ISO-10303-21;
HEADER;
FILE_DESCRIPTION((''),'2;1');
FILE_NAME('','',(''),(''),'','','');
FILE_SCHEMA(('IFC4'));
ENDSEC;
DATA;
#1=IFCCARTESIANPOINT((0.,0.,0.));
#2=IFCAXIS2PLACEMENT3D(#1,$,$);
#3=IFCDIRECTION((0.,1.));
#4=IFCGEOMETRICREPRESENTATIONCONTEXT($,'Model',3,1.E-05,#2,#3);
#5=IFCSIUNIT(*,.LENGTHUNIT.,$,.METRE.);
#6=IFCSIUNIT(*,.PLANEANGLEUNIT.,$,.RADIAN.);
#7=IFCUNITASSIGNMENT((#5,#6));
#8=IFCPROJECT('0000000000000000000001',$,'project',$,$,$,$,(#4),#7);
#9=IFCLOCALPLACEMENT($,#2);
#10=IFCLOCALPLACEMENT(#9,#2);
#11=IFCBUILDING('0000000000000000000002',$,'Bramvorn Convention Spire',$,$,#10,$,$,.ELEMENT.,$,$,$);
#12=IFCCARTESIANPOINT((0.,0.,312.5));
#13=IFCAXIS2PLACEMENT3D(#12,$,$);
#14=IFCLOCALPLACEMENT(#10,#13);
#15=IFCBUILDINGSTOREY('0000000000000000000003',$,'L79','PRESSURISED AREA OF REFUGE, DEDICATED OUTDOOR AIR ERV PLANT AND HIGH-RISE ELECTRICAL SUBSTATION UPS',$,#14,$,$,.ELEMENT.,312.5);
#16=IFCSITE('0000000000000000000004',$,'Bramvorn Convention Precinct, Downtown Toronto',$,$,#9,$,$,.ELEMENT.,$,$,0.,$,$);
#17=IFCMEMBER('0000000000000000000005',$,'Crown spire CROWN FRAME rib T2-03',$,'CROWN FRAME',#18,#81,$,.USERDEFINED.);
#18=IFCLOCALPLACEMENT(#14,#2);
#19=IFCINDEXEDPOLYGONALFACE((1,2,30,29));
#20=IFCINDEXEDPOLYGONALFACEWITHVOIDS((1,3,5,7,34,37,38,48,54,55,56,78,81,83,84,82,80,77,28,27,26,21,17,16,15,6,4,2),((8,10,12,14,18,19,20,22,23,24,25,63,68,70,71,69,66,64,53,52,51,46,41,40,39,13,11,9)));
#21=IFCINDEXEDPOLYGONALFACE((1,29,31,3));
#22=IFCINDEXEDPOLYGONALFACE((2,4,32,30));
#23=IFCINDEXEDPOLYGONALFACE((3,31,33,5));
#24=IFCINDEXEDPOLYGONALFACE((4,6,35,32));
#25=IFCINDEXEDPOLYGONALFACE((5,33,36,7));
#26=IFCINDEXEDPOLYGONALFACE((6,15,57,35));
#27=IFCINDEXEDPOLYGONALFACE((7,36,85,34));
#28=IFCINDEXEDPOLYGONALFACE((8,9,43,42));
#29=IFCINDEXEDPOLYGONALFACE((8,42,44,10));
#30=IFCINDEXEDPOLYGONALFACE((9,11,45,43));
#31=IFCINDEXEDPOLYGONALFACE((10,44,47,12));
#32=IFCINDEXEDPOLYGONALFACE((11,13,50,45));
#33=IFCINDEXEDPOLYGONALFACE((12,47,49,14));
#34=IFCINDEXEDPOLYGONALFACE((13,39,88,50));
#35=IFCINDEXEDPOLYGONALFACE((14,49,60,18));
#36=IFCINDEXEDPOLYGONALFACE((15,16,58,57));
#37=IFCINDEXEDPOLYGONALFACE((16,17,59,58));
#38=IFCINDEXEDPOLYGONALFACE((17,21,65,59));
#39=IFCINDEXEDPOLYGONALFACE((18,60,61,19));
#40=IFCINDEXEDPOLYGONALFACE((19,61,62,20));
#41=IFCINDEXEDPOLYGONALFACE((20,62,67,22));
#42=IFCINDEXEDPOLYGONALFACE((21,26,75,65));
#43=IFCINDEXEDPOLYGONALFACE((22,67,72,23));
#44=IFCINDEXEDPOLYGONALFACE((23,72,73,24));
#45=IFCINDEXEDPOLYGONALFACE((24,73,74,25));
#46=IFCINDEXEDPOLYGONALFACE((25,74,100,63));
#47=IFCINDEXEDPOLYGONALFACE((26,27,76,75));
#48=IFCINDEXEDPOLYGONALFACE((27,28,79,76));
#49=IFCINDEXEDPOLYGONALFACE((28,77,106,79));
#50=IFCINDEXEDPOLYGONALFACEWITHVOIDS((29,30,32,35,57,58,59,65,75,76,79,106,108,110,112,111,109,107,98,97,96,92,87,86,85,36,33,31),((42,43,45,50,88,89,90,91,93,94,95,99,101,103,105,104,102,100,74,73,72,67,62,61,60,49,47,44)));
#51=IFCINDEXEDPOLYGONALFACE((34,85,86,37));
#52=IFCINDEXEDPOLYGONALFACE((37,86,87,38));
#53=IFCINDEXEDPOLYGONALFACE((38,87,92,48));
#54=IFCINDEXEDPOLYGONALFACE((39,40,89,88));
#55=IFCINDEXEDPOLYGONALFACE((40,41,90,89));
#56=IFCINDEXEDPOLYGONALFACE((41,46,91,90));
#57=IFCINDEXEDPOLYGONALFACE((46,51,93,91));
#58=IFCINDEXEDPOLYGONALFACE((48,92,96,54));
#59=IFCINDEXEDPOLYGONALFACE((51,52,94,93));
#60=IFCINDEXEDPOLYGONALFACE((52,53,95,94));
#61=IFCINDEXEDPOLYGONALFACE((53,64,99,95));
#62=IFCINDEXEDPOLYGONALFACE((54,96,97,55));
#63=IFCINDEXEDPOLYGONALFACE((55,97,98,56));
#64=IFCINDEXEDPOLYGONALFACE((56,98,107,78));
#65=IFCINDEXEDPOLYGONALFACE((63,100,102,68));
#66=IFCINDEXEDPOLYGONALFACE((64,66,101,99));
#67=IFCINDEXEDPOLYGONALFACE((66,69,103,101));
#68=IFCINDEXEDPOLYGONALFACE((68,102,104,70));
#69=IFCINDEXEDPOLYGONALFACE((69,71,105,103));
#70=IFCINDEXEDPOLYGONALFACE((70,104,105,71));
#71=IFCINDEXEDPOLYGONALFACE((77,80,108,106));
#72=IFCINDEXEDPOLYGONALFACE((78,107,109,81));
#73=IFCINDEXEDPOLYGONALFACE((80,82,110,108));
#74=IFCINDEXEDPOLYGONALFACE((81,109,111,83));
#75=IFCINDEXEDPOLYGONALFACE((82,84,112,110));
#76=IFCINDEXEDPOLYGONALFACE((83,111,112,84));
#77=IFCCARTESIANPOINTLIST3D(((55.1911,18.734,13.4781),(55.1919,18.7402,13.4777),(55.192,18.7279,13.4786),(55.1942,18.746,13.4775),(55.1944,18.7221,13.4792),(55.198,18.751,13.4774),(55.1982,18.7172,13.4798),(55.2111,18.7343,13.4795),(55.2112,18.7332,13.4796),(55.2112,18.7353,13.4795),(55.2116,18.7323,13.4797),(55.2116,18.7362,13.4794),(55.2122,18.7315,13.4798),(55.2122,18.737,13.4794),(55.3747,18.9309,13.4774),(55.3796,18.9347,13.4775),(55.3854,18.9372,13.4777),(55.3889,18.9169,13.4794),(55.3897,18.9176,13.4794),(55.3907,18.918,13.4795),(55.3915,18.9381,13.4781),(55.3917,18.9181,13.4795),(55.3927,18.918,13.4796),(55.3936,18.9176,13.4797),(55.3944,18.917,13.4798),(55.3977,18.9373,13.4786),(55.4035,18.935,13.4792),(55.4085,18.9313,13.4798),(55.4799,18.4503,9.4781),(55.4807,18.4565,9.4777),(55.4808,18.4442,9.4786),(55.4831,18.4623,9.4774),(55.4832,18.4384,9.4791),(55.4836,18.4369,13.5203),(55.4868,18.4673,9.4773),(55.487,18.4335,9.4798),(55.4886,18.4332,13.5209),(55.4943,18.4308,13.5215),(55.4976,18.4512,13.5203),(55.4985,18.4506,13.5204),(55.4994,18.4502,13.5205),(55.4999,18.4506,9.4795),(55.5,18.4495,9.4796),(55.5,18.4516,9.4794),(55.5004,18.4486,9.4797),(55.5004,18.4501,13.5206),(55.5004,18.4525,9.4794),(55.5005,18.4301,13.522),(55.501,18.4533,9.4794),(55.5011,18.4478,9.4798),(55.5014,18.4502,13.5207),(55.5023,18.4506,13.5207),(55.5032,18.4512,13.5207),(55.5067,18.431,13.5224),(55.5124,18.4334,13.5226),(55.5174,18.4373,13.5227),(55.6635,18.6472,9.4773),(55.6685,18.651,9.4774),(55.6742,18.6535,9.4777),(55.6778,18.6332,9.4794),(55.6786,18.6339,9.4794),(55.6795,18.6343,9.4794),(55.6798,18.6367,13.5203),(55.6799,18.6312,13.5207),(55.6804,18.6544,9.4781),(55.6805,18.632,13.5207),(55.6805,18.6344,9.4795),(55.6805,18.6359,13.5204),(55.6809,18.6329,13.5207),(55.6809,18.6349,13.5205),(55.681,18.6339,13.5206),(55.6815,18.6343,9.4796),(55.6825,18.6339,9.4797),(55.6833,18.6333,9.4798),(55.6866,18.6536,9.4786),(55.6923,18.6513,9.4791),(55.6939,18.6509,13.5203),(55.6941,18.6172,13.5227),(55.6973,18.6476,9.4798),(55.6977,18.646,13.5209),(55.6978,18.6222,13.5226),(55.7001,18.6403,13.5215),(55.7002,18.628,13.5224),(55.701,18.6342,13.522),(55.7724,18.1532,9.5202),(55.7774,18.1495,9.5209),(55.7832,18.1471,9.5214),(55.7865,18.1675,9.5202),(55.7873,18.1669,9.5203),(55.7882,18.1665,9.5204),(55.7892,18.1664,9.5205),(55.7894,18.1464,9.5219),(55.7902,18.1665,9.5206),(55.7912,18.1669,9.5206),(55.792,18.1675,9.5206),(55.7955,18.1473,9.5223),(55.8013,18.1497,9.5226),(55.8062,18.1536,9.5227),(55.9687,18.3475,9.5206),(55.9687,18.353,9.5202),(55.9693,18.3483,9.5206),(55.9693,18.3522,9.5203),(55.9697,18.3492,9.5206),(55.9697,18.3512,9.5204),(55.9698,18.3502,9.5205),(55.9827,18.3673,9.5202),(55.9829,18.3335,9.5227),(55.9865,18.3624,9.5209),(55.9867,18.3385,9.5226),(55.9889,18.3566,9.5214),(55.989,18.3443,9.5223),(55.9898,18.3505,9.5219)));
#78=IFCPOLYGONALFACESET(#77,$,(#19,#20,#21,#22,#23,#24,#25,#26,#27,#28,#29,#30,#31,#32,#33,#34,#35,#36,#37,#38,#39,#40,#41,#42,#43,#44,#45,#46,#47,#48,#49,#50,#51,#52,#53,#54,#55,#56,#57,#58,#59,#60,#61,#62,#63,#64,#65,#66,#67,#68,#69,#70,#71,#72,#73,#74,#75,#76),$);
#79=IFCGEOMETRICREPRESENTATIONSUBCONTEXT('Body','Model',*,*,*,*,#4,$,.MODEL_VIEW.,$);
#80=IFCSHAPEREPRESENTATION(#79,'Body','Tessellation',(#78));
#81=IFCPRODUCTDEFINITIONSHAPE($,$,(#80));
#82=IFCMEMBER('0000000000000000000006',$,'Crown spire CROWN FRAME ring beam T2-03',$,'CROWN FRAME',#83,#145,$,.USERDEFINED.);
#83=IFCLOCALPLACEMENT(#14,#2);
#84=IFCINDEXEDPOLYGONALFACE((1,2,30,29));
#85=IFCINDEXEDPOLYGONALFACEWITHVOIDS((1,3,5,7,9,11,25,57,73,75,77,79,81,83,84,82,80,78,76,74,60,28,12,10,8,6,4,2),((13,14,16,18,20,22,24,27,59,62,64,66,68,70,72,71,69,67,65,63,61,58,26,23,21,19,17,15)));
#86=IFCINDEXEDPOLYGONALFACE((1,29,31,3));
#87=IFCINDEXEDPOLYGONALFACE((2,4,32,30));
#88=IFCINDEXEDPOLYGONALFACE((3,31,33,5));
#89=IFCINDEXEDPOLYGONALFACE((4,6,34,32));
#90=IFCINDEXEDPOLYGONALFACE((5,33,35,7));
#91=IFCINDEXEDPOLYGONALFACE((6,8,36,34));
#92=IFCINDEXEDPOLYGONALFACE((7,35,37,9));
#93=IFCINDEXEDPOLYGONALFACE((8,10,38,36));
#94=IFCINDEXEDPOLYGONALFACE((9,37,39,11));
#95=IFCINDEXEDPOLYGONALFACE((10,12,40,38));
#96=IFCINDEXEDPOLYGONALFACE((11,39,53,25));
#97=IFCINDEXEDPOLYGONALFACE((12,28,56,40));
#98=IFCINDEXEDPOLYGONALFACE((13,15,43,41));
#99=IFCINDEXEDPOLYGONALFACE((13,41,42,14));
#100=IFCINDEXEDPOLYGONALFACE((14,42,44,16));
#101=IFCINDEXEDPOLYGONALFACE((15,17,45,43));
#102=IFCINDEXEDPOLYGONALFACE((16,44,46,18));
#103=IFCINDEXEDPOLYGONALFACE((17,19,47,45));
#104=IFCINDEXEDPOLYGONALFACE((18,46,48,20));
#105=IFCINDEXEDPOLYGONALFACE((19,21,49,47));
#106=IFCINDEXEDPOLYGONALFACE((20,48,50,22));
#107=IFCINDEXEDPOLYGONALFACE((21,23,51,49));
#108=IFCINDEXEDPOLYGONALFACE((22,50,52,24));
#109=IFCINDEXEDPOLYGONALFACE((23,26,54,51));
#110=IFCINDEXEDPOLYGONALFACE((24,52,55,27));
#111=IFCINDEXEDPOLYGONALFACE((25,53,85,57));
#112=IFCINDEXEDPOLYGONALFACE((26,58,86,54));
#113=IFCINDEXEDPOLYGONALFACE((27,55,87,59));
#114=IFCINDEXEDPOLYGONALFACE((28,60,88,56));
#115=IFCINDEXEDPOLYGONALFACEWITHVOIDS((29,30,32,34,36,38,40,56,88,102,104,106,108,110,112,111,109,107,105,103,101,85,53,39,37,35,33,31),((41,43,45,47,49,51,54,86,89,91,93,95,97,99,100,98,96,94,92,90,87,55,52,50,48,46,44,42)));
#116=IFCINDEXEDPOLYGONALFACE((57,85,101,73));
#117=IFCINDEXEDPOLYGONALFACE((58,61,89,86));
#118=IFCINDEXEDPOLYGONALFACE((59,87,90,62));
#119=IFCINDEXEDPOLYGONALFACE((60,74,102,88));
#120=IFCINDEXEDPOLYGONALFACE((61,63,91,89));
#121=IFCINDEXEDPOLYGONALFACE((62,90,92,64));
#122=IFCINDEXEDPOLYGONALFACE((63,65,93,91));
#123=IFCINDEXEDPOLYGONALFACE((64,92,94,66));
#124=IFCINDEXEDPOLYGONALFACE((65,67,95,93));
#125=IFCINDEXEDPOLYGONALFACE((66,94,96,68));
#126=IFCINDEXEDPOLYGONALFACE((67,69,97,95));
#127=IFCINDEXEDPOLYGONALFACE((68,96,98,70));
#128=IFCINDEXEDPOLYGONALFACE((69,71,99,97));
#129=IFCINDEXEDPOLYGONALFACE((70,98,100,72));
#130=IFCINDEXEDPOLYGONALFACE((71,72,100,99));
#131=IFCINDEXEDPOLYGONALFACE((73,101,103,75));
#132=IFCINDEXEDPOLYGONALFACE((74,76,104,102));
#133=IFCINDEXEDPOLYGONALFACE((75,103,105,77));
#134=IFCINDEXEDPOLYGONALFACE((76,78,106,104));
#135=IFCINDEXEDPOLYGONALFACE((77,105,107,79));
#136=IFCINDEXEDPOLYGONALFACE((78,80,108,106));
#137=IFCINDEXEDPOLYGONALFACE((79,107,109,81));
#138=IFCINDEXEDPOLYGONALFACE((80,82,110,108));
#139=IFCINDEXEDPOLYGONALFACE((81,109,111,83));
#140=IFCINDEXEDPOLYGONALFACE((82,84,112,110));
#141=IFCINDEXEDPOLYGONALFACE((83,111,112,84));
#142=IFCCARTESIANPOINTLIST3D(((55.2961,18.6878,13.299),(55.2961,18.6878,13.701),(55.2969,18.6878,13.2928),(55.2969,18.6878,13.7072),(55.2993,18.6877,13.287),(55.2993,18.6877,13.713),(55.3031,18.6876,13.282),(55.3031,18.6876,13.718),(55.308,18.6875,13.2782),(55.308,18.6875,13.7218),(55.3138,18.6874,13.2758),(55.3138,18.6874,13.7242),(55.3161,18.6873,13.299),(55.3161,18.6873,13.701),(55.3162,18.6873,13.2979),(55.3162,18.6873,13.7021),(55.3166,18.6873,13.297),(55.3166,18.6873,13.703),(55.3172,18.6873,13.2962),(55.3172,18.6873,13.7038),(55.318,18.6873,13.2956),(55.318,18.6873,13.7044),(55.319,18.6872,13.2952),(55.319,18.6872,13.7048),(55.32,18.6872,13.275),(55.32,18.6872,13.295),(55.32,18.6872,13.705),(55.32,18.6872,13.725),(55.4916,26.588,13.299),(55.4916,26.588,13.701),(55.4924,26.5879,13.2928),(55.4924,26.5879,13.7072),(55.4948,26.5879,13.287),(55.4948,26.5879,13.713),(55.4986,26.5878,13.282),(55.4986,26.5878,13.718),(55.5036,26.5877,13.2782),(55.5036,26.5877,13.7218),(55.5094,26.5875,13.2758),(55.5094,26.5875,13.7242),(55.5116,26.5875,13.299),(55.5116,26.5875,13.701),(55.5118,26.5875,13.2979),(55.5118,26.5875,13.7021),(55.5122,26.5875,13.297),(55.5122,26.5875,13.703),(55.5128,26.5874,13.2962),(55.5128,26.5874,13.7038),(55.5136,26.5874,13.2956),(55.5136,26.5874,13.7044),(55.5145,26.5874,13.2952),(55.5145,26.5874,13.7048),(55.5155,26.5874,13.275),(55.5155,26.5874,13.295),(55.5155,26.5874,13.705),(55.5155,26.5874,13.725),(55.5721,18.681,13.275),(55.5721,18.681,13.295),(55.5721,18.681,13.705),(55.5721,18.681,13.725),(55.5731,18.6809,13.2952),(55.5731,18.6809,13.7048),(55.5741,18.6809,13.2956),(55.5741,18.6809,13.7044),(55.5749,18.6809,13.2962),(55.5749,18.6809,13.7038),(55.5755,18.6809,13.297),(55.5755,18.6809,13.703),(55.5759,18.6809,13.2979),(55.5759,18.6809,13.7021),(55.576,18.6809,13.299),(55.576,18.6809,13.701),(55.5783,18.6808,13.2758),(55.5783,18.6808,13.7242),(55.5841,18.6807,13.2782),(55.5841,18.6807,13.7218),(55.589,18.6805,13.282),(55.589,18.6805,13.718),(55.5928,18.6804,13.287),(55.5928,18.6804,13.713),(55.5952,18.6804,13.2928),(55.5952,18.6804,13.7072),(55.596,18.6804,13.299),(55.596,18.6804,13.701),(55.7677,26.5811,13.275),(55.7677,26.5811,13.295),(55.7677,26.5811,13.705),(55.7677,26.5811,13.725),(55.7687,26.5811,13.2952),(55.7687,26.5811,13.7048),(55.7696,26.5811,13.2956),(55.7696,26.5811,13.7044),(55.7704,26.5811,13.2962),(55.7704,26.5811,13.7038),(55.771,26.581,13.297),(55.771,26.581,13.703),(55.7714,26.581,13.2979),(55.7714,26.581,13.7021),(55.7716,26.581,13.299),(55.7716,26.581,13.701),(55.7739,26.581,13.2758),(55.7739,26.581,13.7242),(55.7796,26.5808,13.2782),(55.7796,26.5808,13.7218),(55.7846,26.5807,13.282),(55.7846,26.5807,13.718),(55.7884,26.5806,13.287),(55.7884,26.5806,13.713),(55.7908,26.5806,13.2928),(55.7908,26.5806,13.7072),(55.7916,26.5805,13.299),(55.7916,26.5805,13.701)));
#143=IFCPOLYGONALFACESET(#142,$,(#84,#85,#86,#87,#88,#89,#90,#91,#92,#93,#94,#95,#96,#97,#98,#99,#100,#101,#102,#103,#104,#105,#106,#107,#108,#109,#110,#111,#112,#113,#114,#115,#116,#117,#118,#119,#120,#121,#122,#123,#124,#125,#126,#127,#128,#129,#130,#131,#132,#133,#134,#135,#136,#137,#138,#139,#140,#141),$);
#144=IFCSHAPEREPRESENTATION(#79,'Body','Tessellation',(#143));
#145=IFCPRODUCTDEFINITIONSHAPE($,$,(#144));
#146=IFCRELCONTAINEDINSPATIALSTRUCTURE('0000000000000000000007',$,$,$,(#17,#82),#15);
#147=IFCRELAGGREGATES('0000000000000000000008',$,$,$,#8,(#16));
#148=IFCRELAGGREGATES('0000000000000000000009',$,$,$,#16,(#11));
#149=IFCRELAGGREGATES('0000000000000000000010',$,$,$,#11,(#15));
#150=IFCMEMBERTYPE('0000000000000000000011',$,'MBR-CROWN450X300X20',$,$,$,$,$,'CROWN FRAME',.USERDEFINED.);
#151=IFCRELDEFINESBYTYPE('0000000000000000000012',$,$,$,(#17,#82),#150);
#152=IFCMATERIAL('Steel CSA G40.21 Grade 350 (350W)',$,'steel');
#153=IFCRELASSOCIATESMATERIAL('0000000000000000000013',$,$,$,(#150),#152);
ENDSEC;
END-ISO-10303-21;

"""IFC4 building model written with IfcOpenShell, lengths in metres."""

from ifc_helpers import new_model, si_unit, direction, frame, origin, origin_2d, place, context, subcontext, project, spatial, hollow_rectangle, extrude, material, material_profile, profile_set, type_object, element, save


model = new_model("IFC4")

# Units and contexts
model_context = context("Model", 3, precision=1e-05, world=origin(), true_north=direction((0.0, 1.0)))
body_context = subcontext(model_context, "Body", "Model", "MODEL_VIEW")
ifc_project = project(units=[si_unit("LENGTHUNIT", "METRE"), si_unit("PLANEANGLEUNIT", "RADIAN")], contexts=[model_context])

# Site, building, storey
site_placement = place(None, origin())
site = spatial("IfcSite", under=ifc_project, at=site_placement, Name="Bramvorn Convention Precinct, Downtown Toronto", CompositionType="ELEMENT", RefElevation=0.0)
building_placement = place(site_placement, origin())
building = spatial("IfcBuilding", under=site, at=building_placement, Name="Bramvorn Convention Spire", CompositionType="ELEMENT")
storey_placement = place(building_placement, frame((0.0, 0.0, 312.5)))
storey = spatial("IfcBuildingStorey", under=building, at=storey_placement, Name="L79", Description="PRESSURISED AREA OF REFUGE, DEDICATED OUTDOOR AIR ERV PLANT AND HIGH-RISE ELECTRICAL SUBSTATION UPS", CompositionType="ELEMENT", Elevation=312.5)

# Shared definitions
ifc_material_1 = material(Name="Steel CSA G40.21 Grade 350 (350W)", Category="steel")

# Members
ifc_material_profile_1 = material_profile(ifc_material_1, hollow_rectangle(XDim=0.3, YDim=0.45, WallThickness=0.02, InnerFilletRadius=0.0039, OuterFilletRadius=0.0239, at=origin_2d()))
ifc_profile_set_1 = profile_set([ifc_material_profile_1], Name="Steel CSA G40.21 Grade 350 (350W) - CROWN450X300X20")
member_type = type_object("IfcMemberType", Name="MBR-CROWN450X300X20", ElementType="CROWN FRAME", PredefinedType="USERDEFINED", material=ifc_profile_set_1)
member_1_placement = place(storey_placement, frame((55.7349, 18.4004, 9.5), z_axis=(-0.071838, 0.070562, 0.994917), x_axis=(-0.700746, -0.71341, 0.0)))
element("IfcMember", 1, at=member_1_placement, inside=storey, type_object=member_type, Name="Crown spire CROWN FRAME rib T2-03", ObjectType="CROWN FRAME", PredefinedType="USERDEFINED", context=body_context, shape_type="SweptSolid", body=[
    extrude(hollow_rectangle(XDim=0.3, YDim=0.45, WallThickness=0.02, InnerFilletRadius=0.0039, OuterFilletRadius=0.0239, at=origin_2d()), origin(), (0.0, 0.0, 1.0), 4.0205),
])
member_2_placement = place(storey_placement, frame((55.446, 18.6841, 13.5), z_axis=(0.024746, 0.999694, 0.0), x_axis=(-0.999694, 0.024746, 0.0)))
element("IfcMember", 2, at=member_2_placement, inside=storey, type_object=member_type, Name="Crown spire CROWN FRAME ring beam T2-03", ObjectType="CROWN FRAME", PredefinedType="USERDEFINED", context=body_context, shape_type="SweptSolid", body=[
    extrude(hollow_rectangle(XDim=0.3, YDim=0.45, WallThickness=0.02, InnerFilletRadius=0.0039, OuterFilletRadius=0.0239, at=origin_2d()), origin(), (0.0, 0.0, 1.0), 7.9026),
])

save(model, "model.ifc")
